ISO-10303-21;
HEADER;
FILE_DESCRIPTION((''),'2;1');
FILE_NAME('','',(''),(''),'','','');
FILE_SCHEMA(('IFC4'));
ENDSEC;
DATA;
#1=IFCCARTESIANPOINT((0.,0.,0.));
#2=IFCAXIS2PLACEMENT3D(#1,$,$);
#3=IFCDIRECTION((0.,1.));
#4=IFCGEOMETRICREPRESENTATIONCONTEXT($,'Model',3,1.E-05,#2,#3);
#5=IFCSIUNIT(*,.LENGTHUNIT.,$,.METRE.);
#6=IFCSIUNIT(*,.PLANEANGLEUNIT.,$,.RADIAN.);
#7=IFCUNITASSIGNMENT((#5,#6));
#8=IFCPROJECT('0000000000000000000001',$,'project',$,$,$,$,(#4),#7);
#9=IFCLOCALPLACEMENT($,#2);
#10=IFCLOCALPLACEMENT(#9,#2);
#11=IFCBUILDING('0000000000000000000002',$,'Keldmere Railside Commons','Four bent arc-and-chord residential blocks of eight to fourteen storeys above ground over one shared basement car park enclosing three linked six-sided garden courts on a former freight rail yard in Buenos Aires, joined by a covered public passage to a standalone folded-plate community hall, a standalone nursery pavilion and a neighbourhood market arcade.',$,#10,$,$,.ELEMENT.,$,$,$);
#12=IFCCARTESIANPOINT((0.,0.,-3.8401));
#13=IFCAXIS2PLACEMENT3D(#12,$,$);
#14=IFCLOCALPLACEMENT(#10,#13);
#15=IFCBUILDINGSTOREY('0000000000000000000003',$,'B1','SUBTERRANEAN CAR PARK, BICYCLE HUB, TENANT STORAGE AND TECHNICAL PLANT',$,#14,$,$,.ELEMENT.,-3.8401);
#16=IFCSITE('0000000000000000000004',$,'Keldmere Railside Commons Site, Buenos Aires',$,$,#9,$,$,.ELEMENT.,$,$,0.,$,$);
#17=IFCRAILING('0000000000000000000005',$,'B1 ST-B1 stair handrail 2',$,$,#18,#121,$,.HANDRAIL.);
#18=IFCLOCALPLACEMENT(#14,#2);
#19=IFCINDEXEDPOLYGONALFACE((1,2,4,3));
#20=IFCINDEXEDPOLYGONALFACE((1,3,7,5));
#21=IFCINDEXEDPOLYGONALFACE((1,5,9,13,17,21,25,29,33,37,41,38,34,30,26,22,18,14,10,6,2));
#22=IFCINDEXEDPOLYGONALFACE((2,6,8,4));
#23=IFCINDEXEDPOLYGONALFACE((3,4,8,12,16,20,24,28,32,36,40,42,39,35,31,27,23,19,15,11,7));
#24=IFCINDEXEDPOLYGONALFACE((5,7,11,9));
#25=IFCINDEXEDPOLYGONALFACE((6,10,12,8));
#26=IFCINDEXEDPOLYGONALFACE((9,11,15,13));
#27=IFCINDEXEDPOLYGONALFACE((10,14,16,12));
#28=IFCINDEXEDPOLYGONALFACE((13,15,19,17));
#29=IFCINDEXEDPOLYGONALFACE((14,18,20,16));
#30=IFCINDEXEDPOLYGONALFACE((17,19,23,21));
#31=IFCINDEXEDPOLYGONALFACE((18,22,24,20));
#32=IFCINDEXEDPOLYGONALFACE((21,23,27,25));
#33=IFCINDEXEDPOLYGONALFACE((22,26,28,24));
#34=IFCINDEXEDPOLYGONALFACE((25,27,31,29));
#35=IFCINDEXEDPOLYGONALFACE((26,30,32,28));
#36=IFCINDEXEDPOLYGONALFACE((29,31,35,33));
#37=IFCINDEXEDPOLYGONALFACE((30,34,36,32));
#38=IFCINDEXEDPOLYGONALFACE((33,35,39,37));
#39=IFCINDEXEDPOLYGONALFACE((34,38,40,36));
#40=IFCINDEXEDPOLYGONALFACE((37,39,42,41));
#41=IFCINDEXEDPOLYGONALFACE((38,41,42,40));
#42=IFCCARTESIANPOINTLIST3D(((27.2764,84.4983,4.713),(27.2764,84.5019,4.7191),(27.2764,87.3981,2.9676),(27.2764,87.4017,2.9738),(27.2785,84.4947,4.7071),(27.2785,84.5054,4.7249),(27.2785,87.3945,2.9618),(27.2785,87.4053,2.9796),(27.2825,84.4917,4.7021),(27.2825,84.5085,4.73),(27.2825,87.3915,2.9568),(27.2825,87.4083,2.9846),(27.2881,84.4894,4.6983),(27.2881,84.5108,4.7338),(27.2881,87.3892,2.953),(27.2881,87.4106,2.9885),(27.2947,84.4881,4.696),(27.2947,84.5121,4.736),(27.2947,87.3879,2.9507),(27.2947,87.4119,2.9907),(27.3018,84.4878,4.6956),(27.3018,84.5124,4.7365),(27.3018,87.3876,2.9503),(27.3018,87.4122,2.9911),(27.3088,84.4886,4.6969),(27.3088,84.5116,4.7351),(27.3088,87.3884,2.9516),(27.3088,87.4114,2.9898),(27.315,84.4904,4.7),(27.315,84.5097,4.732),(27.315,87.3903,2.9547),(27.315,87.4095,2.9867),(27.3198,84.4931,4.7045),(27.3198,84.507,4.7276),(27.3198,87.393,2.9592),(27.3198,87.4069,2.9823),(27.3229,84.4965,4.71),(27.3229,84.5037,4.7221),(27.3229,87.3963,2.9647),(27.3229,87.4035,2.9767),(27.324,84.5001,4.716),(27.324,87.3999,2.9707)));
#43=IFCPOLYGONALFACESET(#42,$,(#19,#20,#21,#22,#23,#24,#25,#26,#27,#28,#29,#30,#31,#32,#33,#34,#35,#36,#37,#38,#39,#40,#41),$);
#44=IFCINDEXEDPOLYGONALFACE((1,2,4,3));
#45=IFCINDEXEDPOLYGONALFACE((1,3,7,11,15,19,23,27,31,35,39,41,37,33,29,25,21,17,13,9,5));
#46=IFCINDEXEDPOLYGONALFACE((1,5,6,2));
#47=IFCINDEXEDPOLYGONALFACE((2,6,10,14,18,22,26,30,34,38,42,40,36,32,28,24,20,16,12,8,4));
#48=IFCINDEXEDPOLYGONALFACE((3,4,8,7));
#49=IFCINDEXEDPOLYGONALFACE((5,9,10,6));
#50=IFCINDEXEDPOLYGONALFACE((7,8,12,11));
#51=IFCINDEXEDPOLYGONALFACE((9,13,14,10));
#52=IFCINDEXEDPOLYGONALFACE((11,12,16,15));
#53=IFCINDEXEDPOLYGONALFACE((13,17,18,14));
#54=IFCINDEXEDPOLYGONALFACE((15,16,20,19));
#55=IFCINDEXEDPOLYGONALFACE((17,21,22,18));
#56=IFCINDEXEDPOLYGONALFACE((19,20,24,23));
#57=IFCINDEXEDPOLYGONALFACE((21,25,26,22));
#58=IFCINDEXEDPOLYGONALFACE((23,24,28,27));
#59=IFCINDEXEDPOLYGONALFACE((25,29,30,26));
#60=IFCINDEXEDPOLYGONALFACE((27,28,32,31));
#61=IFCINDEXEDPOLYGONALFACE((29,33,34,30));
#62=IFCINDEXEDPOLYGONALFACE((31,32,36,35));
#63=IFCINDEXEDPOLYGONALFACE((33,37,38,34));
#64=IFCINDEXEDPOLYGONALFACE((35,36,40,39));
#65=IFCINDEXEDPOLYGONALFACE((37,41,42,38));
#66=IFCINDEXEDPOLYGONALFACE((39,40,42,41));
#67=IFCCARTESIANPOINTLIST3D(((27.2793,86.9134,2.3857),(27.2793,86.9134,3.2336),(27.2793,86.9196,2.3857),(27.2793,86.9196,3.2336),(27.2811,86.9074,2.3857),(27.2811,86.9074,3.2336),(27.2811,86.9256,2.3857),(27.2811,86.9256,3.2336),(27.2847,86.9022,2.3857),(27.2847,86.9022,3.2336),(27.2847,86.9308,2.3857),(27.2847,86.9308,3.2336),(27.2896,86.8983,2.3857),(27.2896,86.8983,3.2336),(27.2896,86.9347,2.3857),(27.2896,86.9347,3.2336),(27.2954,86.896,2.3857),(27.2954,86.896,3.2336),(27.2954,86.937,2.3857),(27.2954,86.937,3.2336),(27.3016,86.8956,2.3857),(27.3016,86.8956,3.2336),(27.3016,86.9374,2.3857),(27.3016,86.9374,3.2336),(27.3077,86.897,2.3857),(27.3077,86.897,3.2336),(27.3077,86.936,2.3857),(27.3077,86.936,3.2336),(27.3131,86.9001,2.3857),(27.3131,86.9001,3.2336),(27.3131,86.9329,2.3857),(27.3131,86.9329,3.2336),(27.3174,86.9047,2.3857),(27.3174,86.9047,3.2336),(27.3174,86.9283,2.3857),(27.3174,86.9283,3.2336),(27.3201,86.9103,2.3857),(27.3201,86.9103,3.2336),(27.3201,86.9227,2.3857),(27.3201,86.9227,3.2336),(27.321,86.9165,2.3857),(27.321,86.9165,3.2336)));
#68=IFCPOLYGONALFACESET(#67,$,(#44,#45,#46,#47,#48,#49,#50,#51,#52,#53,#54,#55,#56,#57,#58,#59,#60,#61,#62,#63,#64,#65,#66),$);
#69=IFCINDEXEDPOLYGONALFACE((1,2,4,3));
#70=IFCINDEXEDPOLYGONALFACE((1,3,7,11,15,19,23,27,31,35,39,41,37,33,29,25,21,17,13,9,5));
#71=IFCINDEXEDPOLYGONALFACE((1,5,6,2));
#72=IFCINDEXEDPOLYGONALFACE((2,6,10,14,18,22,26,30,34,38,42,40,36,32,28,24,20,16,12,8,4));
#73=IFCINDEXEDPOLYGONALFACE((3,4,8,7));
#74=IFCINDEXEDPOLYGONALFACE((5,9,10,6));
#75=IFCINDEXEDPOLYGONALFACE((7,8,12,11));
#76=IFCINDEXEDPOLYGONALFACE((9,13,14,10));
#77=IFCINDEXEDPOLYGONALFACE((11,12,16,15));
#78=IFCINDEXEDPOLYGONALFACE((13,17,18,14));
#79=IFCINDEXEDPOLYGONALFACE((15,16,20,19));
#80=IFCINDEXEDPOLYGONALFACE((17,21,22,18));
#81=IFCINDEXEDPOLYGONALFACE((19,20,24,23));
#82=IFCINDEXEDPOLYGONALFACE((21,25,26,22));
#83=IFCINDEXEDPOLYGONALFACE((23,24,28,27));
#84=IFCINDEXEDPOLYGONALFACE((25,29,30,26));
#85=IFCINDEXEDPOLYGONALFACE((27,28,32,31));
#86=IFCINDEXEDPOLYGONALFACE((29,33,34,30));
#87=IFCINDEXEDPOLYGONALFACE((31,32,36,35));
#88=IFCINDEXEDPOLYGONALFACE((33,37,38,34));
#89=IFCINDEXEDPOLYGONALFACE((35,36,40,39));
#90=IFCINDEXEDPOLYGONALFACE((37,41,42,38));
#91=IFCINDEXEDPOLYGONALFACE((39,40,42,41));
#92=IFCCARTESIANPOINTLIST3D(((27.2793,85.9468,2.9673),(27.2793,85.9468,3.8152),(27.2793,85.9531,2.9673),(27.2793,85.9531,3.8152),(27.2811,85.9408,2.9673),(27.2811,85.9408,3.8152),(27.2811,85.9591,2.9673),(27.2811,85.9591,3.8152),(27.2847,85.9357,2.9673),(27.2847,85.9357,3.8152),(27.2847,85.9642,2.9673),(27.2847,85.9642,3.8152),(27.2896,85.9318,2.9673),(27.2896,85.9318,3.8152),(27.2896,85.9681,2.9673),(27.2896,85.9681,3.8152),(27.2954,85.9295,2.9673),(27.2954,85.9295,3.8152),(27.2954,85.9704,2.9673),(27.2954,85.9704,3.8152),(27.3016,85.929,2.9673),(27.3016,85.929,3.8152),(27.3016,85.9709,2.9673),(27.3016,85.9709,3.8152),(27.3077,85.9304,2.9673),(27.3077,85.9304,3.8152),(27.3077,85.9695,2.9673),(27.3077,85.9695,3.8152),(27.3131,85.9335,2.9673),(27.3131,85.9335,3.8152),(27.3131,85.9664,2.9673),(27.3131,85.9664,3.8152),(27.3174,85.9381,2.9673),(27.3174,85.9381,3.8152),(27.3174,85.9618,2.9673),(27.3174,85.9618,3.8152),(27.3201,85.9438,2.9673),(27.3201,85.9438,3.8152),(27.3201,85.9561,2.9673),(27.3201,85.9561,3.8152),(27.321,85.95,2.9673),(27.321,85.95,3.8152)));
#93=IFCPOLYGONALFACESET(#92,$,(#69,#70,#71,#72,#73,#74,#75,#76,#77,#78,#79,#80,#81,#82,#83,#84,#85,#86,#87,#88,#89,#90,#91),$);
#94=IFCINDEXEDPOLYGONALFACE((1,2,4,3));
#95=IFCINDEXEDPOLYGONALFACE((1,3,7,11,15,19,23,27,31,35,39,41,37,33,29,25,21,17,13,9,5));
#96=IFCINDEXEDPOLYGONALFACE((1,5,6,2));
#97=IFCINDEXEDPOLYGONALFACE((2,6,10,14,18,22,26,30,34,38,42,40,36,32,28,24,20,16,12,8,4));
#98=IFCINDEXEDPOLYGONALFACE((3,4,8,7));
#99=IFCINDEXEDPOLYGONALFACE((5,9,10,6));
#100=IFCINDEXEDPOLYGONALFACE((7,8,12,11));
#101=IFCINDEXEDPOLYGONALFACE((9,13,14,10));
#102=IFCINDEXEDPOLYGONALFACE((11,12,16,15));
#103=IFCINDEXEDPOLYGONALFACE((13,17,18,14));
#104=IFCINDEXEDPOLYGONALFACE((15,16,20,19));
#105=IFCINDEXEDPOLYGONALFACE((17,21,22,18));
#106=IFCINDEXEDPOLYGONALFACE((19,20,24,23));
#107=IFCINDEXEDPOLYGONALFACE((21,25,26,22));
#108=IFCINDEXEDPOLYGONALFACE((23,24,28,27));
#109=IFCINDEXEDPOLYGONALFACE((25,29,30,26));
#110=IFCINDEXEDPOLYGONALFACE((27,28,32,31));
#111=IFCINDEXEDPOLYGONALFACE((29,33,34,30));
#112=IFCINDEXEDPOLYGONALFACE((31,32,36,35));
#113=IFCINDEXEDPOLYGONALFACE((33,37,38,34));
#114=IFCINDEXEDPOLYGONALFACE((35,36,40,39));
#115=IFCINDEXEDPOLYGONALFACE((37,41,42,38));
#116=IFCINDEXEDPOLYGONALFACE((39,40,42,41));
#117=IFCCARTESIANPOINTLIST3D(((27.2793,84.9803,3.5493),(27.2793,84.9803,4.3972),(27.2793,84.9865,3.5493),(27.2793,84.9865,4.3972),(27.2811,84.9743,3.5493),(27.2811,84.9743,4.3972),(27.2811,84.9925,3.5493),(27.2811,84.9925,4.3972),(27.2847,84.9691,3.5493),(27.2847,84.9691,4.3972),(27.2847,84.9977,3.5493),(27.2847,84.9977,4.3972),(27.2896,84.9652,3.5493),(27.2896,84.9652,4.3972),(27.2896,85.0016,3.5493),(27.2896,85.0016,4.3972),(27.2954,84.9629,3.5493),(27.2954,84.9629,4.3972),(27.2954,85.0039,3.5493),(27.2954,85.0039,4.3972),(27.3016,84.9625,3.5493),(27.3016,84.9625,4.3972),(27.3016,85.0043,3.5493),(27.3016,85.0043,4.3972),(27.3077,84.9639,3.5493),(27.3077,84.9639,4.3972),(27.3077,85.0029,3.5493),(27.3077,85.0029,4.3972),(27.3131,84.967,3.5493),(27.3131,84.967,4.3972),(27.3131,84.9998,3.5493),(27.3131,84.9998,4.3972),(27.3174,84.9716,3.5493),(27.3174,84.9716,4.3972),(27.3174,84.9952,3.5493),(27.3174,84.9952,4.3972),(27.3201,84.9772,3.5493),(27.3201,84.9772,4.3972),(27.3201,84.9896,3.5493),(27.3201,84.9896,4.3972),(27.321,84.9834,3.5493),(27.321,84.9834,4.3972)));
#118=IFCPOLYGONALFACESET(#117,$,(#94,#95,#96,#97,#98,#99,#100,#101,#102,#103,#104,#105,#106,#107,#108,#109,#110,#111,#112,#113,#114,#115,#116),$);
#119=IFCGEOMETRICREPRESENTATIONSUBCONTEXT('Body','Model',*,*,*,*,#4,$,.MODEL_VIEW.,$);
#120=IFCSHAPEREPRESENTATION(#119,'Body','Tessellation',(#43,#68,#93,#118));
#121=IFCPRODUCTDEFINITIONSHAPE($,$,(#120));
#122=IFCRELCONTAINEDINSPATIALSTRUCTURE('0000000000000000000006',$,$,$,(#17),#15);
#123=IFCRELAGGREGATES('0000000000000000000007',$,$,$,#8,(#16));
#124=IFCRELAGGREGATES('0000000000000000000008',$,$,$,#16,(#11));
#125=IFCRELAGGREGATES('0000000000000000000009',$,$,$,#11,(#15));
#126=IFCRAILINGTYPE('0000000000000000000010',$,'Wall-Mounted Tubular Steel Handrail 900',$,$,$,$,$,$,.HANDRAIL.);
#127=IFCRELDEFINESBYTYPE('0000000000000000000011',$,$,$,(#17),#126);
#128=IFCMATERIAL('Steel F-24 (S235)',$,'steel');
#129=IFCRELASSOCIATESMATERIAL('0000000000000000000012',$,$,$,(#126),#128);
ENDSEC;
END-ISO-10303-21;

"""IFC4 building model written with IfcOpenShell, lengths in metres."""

from ifc_helpers import new_model, si_unit, direction, frame, origin, origin_2d, place, context, subcontext, project, spatial, circle, extrude, material, type_object, element, save


model = new_model("IFC4")

# Units and contexts
model_context = context("Model", 3, precision=1e-05, world=origin(), true_north=direction((0.0, 1.0)))
body_context = subcontext(model_context, "Body", "Model", "MODEL_VIEW")
ifc_project = project(units=[si_unit("LENGTHUNIT", "METRE"), si_unit("PLANEANGLEUNIT", "RADIAN")], contexts=[model_context])

# Site, building, storey
site_placement = place(None, origin())
site = spatial("IfcSite", under=ifc_project, at=site_placement, Name="Keldmere Railside Commons Site, Buenos Aires", CompositionType="ELEMENT", RefElevation=0.0)
building_placement = place(site_placement, origin())
building = spatial("IfcBuilding", under=site, at=building_placement, Name="Keldmere Railside Commons", Description="Four bent arc-and-chord residential blocks of eight to fourteen storeys above ground over one shared basement car park enclosing three linked six-sided garden courts on a former freight rail yard in Buenos Aires, joined by a covered public passage to a standalone folded-plate community hall, a standalone nursery pavilion and a neighbourhood market arcade.", CompositionType="ELEMENT")
storey_placement = place(building_placement, frame((0.0, 0.0, -3.8401)))
storey = spatial("IfcBuildingStorey", under=building, at=storey_placement, Name="B1", Description="SUBTERRANEAN CAR PARK, BICYCLE HUB, TENANT STORAGE AND TECHNICAL PLANT", CompositionType="ELEMENT", Elevation=-3.8401)

# Railing
ifc_material_1 = material(Name="Steel F-24 (S235)", Category="steel")
railing_type_1 = type_object("IfcRailingType", Name="Wall-Mounted Tubular Steel Handrail 900", PredefinedType="HANDRAIL", material=ifc_material_1)
railing_1_placement = place(storey_placement, frame((27.3, 87.3999, 2.0947)))
element("IfcRailing", 1, at=railing_1_placement, inside=storey, type_object=railing_type_1, Name="B1 ST-B1 stair handrail 2", PredefinedType="HANDRAIL", context=body_context, shape_type="SweptSolid", body=[
    extrude(circle(Radius=0.0239, at=origin_2d()), frame((0.0, 0.0, 0.876), z_axis=(0.0, -0.856786, 0.515673), x_axis=(1.0, 0.0, 0.0)), (0.0, 0.0, 1.0), 3.3845),
    extrude(circle(Radius=0.021, at=origin_2d()), frame((0.0, -0.4834, 0.291)), (0.0, 0.0, 1.0), 0.8479),
    extrude(circle(Radius=0.021, at=origin_2d()), frame((0.0, -1.45, 0.8726)), (0.0, 0.0, 1.0), 0.8479),
    extrude(circle(Radius=0.021, at=origin_2d()), frame((0.0, -2.4165, 1.4546)), (0.0, 0.0, 1.0), 0.8479),
])

save(model, "model.ifc")
